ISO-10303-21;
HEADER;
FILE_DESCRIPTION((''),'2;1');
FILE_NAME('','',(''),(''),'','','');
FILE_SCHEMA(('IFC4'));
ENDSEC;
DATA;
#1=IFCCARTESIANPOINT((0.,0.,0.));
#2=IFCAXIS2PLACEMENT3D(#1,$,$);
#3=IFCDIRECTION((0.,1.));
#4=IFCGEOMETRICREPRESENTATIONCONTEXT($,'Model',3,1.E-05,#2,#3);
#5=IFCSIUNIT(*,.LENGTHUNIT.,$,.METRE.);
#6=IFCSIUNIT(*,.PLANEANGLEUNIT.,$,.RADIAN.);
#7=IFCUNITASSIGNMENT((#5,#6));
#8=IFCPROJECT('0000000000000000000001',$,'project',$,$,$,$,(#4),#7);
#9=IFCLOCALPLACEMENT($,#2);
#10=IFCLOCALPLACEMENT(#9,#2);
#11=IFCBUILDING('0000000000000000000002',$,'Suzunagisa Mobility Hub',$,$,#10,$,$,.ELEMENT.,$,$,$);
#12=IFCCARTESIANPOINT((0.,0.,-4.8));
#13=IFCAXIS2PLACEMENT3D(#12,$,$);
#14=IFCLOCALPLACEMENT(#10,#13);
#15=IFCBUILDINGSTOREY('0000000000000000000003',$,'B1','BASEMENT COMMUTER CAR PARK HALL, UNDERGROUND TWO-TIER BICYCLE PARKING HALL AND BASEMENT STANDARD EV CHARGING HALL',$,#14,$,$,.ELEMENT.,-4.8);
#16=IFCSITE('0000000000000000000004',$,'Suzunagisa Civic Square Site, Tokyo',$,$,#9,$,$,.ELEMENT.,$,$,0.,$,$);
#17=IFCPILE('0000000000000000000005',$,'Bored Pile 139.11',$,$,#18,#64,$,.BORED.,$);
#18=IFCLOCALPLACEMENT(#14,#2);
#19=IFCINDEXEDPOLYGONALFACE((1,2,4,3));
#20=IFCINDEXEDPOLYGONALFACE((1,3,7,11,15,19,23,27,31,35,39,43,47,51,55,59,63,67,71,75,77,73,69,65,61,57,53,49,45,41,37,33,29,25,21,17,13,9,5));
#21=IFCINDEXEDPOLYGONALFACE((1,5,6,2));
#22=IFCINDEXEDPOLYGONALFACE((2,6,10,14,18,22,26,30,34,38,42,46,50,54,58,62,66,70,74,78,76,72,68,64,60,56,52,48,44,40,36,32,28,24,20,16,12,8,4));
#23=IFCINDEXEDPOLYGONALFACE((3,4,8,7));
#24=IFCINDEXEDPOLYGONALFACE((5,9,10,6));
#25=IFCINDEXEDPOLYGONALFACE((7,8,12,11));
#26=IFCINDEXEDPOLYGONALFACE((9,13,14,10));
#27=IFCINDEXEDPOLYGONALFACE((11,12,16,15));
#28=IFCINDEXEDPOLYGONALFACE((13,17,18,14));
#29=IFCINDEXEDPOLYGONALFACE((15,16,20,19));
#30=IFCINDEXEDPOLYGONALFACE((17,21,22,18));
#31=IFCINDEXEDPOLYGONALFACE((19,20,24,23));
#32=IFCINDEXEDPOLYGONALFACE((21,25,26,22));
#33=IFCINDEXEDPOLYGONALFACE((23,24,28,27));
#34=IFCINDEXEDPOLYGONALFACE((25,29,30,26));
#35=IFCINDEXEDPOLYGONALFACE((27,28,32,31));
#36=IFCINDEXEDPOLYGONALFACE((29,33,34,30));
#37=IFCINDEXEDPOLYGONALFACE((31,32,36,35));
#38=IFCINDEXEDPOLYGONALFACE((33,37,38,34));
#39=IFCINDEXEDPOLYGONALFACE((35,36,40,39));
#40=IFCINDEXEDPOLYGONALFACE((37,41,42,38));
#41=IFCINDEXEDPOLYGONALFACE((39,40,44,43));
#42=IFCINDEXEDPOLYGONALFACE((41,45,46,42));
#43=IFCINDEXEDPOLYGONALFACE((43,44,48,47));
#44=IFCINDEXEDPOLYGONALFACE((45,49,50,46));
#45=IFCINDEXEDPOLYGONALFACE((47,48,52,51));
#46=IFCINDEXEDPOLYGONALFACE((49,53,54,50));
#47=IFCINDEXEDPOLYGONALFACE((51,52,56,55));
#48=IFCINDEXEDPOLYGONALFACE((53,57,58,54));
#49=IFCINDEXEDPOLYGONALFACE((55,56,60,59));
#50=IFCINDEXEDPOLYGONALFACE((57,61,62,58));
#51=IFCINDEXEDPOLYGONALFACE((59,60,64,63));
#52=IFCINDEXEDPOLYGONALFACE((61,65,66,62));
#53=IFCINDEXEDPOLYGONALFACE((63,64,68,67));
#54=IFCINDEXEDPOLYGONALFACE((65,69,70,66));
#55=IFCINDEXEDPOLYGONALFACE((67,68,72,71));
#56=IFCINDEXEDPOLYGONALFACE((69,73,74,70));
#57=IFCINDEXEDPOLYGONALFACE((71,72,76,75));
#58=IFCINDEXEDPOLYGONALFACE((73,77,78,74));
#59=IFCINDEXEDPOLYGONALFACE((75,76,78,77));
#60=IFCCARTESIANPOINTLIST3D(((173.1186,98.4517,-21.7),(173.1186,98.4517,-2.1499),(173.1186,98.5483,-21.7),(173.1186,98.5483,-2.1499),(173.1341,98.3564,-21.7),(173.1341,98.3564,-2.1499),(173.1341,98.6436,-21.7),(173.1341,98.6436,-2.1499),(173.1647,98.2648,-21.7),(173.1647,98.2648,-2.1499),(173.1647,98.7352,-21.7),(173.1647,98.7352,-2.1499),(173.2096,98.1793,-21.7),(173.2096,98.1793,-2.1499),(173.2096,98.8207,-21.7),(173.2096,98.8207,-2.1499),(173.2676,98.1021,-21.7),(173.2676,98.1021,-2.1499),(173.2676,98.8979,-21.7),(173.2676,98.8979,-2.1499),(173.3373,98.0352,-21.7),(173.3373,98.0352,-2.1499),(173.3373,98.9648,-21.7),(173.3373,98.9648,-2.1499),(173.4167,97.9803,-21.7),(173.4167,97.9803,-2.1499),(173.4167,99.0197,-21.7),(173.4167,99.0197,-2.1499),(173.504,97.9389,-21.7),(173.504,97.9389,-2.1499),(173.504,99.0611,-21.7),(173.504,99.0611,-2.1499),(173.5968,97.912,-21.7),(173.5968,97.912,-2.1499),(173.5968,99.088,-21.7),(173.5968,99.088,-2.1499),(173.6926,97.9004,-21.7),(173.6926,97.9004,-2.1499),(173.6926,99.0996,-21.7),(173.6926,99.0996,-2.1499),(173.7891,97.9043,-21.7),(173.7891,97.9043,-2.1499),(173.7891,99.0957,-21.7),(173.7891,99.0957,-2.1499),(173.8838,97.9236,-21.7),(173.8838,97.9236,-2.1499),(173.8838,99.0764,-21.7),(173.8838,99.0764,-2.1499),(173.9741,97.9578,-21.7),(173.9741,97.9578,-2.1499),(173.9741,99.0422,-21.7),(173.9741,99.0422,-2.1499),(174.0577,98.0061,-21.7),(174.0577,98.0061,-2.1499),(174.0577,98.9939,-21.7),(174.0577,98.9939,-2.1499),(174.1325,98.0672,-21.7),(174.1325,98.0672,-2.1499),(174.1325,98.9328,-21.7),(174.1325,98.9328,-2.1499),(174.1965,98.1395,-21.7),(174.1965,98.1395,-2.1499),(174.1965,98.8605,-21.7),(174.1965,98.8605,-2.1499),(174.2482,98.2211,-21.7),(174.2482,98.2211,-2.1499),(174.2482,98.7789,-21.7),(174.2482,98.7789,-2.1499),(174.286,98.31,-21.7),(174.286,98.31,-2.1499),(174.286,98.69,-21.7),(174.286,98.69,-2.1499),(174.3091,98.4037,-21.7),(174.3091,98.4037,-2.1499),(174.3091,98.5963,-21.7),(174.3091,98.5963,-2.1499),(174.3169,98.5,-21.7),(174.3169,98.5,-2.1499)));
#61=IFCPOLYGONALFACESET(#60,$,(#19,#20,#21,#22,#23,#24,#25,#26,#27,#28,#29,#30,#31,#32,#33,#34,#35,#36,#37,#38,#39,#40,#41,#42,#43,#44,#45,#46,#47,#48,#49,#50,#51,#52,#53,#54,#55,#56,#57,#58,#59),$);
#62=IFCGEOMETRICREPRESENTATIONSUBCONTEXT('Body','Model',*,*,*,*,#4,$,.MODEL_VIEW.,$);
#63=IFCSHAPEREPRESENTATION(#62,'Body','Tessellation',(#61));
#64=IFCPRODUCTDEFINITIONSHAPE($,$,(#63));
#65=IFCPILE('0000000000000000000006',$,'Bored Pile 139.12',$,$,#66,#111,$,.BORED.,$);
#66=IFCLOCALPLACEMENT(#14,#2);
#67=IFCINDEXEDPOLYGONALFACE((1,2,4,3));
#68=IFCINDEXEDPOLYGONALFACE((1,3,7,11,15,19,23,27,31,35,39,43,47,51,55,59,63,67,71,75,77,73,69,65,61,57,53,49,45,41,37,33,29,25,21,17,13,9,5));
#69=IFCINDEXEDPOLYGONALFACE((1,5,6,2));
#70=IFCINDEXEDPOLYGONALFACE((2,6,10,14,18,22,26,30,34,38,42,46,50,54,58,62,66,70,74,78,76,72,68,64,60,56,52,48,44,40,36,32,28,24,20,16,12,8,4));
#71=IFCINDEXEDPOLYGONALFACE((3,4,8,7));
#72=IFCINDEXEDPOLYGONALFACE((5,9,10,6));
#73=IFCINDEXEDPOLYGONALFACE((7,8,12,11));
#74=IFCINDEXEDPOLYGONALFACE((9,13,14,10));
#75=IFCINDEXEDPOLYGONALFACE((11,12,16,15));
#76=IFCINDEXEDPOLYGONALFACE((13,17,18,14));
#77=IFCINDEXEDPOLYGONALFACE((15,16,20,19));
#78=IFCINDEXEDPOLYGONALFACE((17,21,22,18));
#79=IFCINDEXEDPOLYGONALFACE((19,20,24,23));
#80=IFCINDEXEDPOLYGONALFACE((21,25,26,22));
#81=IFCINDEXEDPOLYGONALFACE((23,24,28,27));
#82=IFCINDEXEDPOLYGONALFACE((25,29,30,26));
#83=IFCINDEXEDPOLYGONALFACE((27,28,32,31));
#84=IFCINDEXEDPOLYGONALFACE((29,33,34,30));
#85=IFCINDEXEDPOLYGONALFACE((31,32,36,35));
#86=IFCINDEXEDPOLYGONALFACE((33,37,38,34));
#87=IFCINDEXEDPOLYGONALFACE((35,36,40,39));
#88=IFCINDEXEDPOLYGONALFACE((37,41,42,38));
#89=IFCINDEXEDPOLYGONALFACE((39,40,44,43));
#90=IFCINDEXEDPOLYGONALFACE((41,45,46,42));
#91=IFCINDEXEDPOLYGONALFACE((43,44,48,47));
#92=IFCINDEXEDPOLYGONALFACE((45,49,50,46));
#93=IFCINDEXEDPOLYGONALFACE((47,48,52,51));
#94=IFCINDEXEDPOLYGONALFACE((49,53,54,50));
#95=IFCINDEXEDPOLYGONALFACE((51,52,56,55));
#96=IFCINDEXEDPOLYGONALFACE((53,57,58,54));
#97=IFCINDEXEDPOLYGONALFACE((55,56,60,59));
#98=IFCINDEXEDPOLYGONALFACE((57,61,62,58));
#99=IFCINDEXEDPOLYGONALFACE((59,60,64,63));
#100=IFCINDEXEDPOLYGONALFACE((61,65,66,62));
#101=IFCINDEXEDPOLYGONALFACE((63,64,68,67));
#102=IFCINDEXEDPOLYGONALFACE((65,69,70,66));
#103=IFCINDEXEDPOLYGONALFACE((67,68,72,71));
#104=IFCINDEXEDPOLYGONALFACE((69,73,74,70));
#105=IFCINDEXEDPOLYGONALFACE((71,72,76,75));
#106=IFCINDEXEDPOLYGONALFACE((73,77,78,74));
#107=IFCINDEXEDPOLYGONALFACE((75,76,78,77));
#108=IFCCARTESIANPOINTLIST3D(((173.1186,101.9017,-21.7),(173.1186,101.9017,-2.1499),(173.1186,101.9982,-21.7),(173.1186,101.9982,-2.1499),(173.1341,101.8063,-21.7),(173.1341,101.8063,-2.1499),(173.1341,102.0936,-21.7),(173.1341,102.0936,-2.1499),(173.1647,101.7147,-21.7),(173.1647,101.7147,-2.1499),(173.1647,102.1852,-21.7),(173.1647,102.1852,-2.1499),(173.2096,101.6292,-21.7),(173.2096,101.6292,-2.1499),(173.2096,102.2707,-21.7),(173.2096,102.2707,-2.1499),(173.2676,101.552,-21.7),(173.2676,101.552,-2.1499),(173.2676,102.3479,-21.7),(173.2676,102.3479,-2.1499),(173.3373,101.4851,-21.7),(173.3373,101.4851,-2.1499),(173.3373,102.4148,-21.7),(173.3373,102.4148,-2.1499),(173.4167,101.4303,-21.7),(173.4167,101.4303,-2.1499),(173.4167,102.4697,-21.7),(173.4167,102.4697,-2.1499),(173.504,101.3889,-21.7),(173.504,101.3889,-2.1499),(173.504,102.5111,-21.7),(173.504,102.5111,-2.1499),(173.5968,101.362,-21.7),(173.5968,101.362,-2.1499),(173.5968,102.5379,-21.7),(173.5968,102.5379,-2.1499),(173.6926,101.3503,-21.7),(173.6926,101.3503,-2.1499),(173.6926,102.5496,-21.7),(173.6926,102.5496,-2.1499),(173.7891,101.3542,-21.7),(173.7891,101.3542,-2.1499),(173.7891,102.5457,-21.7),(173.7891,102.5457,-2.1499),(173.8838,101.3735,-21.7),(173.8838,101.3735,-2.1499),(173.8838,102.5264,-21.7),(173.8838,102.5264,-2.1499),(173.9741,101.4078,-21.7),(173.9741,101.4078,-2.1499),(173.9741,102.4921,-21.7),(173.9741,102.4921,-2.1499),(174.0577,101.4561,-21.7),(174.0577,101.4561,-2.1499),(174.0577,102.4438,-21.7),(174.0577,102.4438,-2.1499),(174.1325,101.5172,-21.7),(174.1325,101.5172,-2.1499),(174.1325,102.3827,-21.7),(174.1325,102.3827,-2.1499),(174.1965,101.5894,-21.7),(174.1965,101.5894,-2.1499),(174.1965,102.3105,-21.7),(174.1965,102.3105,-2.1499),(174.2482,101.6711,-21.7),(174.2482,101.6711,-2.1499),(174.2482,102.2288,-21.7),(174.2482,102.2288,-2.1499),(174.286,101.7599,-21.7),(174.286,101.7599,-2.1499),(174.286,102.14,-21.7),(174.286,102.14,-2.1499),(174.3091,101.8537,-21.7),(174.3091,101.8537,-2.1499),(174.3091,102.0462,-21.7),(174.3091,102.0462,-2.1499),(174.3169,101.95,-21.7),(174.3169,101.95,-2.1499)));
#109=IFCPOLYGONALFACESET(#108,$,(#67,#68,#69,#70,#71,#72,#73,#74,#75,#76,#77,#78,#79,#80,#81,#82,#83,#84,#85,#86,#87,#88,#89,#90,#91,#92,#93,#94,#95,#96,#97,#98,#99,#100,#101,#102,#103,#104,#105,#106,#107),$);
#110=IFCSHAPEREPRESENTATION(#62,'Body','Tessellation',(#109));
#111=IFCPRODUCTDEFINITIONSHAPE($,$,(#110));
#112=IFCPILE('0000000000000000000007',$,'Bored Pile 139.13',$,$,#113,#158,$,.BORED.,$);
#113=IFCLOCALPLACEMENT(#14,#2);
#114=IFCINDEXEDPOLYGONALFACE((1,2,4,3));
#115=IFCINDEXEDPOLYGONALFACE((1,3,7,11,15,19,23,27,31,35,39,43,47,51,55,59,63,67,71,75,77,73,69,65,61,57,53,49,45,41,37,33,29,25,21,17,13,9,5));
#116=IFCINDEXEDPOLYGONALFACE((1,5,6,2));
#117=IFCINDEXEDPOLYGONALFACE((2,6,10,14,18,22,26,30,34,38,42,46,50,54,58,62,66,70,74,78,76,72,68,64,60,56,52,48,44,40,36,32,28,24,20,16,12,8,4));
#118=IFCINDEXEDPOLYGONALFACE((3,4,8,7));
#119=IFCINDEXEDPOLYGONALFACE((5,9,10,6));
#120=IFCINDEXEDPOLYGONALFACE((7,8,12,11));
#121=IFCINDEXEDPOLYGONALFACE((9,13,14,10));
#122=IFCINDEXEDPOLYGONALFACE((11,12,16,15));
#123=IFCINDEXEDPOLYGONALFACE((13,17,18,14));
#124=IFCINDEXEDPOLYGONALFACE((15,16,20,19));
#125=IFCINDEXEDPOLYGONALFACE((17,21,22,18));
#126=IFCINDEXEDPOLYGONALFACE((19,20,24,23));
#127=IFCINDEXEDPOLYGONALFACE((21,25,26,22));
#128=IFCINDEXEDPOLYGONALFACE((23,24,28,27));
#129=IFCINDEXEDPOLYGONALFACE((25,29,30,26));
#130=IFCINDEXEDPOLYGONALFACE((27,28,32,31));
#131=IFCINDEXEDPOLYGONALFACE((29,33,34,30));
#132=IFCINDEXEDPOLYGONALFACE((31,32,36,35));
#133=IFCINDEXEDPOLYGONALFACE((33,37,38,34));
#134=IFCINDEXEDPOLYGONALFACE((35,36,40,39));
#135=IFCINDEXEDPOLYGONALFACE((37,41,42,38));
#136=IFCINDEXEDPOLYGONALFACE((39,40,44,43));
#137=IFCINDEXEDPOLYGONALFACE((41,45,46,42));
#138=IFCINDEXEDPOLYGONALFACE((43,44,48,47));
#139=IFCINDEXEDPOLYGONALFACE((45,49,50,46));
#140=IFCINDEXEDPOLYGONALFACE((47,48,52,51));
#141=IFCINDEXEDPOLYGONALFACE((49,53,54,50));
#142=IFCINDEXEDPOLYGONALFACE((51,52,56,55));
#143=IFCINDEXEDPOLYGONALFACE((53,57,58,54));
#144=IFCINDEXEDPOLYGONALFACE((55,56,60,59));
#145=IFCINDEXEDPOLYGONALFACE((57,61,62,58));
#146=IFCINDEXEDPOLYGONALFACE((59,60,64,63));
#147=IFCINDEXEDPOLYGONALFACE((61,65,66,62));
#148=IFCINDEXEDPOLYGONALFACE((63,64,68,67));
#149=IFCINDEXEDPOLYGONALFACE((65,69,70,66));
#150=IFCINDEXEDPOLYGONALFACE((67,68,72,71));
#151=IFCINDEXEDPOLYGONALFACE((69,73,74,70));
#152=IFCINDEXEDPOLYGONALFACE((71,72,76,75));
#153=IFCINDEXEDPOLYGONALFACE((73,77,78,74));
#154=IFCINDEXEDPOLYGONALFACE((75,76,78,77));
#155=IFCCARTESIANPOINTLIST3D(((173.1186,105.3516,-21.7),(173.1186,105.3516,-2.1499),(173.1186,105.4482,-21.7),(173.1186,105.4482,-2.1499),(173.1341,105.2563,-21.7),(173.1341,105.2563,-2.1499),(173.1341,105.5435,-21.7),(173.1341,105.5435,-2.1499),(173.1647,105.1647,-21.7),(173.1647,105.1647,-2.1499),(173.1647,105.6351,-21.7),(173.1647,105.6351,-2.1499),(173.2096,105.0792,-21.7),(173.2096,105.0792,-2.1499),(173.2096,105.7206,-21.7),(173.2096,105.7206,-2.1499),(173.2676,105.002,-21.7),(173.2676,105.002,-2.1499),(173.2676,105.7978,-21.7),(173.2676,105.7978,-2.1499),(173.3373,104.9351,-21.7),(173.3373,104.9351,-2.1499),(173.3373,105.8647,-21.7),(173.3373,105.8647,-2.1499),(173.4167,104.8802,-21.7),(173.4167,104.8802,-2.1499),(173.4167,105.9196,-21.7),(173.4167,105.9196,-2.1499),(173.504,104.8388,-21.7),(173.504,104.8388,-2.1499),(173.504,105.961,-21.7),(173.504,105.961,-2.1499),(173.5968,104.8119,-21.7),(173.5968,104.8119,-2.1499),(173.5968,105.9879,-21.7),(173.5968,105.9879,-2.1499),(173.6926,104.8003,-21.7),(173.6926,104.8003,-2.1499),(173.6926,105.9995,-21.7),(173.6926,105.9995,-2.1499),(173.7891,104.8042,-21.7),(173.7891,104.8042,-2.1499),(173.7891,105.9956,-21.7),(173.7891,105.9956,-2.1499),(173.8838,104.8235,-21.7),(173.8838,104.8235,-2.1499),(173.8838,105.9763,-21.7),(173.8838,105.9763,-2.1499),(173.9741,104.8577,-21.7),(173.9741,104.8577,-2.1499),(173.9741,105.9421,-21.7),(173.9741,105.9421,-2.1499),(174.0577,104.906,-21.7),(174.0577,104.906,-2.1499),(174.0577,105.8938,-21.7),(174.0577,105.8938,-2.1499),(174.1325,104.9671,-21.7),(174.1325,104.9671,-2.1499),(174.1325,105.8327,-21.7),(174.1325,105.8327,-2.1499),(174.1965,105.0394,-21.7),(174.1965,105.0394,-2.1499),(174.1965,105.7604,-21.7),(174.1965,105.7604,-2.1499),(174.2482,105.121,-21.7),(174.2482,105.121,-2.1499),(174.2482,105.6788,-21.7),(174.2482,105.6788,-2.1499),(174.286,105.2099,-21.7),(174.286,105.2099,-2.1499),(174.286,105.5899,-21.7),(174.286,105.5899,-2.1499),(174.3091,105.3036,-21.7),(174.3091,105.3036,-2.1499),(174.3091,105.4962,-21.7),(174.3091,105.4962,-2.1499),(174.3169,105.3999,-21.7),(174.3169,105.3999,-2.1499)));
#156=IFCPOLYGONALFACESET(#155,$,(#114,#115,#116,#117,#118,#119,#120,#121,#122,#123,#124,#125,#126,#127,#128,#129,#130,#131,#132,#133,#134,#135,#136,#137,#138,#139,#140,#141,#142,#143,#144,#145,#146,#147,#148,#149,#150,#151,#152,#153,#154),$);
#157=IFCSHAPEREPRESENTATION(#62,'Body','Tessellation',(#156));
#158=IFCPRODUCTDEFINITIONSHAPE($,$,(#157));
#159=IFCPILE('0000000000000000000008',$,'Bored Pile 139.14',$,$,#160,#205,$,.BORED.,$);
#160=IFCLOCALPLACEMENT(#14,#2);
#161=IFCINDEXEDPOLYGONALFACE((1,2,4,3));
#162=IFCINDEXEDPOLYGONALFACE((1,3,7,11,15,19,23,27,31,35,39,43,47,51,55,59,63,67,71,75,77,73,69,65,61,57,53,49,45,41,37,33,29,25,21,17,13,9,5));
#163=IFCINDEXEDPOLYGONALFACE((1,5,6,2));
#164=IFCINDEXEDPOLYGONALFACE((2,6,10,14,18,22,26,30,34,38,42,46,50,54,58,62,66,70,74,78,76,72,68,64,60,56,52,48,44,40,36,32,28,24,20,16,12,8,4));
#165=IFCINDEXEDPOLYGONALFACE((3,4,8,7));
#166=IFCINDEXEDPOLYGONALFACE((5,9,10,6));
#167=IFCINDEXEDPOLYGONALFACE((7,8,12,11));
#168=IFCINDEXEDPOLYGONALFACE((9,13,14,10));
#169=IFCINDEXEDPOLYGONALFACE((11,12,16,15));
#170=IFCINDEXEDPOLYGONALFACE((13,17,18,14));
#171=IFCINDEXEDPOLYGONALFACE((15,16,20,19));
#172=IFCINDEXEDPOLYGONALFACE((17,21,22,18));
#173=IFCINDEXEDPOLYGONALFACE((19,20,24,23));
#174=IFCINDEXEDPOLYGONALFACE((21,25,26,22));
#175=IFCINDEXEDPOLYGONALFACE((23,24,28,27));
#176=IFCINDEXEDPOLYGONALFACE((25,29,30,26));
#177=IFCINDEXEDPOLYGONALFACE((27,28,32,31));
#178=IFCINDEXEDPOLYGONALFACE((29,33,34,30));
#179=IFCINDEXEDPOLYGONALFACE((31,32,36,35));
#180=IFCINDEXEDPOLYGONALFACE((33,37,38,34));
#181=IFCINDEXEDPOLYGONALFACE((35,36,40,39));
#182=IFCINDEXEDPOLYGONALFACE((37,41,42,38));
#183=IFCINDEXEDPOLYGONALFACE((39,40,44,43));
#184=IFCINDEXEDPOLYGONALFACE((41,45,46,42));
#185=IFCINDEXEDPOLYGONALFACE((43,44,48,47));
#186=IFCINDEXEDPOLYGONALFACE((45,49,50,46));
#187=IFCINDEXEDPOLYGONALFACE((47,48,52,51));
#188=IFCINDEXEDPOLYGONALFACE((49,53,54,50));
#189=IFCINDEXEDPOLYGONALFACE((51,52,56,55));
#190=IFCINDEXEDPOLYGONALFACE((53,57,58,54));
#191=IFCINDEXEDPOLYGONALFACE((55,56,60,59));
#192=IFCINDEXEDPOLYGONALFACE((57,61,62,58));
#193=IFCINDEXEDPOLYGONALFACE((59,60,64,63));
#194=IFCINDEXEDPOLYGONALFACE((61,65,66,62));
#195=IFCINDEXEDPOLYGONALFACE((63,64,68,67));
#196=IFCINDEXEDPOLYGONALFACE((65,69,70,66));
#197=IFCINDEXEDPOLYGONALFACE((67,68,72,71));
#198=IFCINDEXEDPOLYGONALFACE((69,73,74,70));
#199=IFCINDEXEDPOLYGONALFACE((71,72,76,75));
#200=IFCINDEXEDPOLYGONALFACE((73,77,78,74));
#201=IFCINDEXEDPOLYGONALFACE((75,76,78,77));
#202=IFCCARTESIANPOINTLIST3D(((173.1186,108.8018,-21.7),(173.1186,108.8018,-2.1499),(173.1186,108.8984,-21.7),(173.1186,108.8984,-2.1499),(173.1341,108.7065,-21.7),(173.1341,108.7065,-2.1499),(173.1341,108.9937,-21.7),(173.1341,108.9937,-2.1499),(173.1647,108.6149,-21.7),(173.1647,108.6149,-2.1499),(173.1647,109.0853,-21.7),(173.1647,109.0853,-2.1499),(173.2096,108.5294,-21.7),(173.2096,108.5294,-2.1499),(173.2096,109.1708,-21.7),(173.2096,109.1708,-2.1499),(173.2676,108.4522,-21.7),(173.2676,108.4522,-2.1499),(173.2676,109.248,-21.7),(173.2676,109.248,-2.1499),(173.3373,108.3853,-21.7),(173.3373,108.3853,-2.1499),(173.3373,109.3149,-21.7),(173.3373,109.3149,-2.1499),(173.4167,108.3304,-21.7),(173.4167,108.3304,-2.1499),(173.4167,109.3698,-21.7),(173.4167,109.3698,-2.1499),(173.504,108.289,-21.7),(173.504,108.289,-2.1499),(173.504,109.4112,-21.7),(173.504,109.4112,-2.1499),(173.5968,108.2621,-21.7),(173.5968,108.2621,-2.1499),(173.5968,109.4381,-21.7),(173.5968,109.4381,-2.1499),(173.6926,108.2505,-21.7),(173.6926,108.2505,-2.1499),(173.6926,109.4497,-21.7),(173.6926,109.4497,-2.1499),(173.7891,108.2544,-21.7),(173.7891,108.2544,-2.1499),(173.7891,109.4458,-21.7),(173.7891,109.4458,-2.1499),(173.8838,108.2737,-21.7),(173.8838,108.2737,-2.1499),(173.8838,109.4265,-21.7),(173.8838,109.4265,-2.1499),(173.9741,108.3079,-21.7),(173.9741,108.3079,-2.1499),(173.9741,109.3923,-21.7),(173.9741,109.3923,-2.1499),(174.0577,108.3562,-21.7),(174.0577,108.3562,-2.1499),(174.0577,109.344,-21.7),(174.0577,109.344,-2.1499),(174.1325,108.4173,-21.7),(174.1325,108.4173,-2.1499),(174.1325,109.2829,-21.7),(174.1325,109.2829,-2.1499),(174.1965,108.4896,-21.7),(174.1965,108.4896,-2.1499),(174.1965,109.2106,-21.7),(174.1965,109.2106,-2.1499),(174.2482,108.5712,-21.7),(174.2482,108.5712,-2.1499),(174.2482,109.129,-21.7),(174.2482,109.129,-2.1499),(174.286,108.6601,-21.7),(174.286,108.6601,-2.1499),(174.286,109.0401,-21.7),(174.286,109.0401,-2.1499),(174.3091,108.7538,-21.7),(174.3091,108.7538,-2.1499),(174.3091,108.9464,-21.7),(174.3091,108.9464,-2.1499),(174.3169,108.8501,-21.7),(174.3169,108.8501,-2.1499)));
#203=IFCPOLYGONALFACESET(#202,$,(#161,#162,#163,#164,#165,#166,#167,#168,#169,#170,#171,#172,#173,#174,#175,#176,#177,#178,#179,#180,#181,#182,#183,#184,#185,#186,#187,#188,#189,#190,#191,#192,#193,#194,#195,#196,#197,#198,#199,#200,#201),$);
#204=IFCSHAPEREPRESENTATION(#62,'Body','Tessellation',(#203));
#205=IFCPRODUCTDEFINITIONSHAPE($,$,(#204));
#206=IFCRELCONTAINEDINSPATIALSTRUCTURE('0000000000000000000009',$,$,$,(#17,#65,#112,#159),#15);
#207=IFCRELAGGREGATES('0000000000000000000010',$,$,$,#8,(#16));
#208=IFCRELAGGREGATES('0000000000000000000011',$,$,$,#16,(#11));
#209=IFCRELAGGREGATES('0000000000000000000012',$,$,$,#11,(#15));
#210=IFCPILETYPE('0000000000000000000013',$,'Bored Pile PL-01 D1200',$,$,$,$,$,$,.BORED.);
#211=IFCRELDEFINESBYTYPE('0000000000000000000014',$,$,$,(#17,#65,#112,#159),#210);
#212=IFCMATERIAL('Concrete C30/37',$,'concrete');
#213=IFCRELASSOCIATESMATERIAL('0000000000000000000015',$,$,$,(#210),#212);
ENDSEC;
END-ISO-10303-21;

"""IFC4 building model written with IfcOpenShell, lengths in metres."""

from ifc_helpers import new_model, si_unit, direction, frame, origin, origin_2d, place, context, subcontext, project, spatial, circle, extrude, material, material_profile, profile_set, type_object, element, save


model = new_model("IFC4")

# Units and contexts
model_context = context("Model", 3, precision=1e-05, world=origin(), true_north=direction((0.0, 1.0)))
body_context = subcontext(model_context, "Body", "Model", "MODEL_VIEW")
ifc_project = project(units=[si_unit("LENGTHUNIT", "METRE"), si_unit("PLANEANGLEUNIT", "RADIAN")], contexts=[model_context])

# Site, building, storey
site_placement = place(None, origin())
site = spatial("IfcSite", under=ifc_project, at=site_placement, Name="Suzunagisa Civic Square Site, Tokyo", CompositionType="ELEMENT", RefElevation=0.0)
building_placement = place(site_placement, origin())
building = spatial("IfcBuilding", under=site, at=building_placement, Name="Suzunagisa Mobility Hub", CompositionType="ELEMENT")
storey_placement = place(building_placement, frame((0.0, 0.0, -4.8)))
storey = spatial("IfcBuildingStorey", under=building, at=storey_placement, Name="B1", Description="BASEMENT COMMUTER CAR PARK HALL, UNDERGROUND TWO-TIER BICYCLE PARKING HALL AND BASEMENT STANDARD EV CHARGING HALL", CompositionType="ELEMENT", Elevation=-4.8)

# Piles
ifc_material_1 = material(Name="Concrete C30/37", Category="concrete")
ifc_material_profile_1 = material_profile(ifc_material_1, circle(Radius=0.6001, at=origin_2d()), Name="BORED PILE D1200")
ifc_profile_set_1 = profile_set([ifc_material_profile_1], Name="Concrete C30/37")
pile_type = type_object("IfcPileType", Name="Bored Pile PL-01 D1200", PredefinedType="BORED", material=ifc_profile_set_1)
for number, where, z_axis, x_axis, name in (
    (1, (173.7168, 98.5, -2.1499), (0.0, 0.0, -1.0), (1.0, 0.0, 0.0), "Bored Pile 139.11"),
    (2, (173.7168, 101.95, -2.1499), (0.0, 0.0, -1.0), (1.0, 0.0, 0.0), "Bored Pile 139.12"),
    (3, (173.7168, 105.3999, -2.1499), (0.0, 0.0, -1.0), (1.0, 0.0, 0.0), "Bored Pile 139.13"),
    (4, (173.7168, 108.8501, -2.1499), (0.0, 0.0, -1.0), (1.0, 0.0, 0.0), "Bored Pile 139.14"),
):
    element("IfcPile", number, at=place(storey_placement, frame(where, z_axis=z_axis, x_axis=x_axis)), inside=storey, type_object=pile_type, Name=name, PredefinedType="BORED", context=body_context, shape_type="SweptSolid", body=[
        extrude(circle(Radius=0.6001, at=origin_2d()), origin(), (0.0, 0.0, 1.0), 19.55),
    ])

save(model, "model.ifc")
